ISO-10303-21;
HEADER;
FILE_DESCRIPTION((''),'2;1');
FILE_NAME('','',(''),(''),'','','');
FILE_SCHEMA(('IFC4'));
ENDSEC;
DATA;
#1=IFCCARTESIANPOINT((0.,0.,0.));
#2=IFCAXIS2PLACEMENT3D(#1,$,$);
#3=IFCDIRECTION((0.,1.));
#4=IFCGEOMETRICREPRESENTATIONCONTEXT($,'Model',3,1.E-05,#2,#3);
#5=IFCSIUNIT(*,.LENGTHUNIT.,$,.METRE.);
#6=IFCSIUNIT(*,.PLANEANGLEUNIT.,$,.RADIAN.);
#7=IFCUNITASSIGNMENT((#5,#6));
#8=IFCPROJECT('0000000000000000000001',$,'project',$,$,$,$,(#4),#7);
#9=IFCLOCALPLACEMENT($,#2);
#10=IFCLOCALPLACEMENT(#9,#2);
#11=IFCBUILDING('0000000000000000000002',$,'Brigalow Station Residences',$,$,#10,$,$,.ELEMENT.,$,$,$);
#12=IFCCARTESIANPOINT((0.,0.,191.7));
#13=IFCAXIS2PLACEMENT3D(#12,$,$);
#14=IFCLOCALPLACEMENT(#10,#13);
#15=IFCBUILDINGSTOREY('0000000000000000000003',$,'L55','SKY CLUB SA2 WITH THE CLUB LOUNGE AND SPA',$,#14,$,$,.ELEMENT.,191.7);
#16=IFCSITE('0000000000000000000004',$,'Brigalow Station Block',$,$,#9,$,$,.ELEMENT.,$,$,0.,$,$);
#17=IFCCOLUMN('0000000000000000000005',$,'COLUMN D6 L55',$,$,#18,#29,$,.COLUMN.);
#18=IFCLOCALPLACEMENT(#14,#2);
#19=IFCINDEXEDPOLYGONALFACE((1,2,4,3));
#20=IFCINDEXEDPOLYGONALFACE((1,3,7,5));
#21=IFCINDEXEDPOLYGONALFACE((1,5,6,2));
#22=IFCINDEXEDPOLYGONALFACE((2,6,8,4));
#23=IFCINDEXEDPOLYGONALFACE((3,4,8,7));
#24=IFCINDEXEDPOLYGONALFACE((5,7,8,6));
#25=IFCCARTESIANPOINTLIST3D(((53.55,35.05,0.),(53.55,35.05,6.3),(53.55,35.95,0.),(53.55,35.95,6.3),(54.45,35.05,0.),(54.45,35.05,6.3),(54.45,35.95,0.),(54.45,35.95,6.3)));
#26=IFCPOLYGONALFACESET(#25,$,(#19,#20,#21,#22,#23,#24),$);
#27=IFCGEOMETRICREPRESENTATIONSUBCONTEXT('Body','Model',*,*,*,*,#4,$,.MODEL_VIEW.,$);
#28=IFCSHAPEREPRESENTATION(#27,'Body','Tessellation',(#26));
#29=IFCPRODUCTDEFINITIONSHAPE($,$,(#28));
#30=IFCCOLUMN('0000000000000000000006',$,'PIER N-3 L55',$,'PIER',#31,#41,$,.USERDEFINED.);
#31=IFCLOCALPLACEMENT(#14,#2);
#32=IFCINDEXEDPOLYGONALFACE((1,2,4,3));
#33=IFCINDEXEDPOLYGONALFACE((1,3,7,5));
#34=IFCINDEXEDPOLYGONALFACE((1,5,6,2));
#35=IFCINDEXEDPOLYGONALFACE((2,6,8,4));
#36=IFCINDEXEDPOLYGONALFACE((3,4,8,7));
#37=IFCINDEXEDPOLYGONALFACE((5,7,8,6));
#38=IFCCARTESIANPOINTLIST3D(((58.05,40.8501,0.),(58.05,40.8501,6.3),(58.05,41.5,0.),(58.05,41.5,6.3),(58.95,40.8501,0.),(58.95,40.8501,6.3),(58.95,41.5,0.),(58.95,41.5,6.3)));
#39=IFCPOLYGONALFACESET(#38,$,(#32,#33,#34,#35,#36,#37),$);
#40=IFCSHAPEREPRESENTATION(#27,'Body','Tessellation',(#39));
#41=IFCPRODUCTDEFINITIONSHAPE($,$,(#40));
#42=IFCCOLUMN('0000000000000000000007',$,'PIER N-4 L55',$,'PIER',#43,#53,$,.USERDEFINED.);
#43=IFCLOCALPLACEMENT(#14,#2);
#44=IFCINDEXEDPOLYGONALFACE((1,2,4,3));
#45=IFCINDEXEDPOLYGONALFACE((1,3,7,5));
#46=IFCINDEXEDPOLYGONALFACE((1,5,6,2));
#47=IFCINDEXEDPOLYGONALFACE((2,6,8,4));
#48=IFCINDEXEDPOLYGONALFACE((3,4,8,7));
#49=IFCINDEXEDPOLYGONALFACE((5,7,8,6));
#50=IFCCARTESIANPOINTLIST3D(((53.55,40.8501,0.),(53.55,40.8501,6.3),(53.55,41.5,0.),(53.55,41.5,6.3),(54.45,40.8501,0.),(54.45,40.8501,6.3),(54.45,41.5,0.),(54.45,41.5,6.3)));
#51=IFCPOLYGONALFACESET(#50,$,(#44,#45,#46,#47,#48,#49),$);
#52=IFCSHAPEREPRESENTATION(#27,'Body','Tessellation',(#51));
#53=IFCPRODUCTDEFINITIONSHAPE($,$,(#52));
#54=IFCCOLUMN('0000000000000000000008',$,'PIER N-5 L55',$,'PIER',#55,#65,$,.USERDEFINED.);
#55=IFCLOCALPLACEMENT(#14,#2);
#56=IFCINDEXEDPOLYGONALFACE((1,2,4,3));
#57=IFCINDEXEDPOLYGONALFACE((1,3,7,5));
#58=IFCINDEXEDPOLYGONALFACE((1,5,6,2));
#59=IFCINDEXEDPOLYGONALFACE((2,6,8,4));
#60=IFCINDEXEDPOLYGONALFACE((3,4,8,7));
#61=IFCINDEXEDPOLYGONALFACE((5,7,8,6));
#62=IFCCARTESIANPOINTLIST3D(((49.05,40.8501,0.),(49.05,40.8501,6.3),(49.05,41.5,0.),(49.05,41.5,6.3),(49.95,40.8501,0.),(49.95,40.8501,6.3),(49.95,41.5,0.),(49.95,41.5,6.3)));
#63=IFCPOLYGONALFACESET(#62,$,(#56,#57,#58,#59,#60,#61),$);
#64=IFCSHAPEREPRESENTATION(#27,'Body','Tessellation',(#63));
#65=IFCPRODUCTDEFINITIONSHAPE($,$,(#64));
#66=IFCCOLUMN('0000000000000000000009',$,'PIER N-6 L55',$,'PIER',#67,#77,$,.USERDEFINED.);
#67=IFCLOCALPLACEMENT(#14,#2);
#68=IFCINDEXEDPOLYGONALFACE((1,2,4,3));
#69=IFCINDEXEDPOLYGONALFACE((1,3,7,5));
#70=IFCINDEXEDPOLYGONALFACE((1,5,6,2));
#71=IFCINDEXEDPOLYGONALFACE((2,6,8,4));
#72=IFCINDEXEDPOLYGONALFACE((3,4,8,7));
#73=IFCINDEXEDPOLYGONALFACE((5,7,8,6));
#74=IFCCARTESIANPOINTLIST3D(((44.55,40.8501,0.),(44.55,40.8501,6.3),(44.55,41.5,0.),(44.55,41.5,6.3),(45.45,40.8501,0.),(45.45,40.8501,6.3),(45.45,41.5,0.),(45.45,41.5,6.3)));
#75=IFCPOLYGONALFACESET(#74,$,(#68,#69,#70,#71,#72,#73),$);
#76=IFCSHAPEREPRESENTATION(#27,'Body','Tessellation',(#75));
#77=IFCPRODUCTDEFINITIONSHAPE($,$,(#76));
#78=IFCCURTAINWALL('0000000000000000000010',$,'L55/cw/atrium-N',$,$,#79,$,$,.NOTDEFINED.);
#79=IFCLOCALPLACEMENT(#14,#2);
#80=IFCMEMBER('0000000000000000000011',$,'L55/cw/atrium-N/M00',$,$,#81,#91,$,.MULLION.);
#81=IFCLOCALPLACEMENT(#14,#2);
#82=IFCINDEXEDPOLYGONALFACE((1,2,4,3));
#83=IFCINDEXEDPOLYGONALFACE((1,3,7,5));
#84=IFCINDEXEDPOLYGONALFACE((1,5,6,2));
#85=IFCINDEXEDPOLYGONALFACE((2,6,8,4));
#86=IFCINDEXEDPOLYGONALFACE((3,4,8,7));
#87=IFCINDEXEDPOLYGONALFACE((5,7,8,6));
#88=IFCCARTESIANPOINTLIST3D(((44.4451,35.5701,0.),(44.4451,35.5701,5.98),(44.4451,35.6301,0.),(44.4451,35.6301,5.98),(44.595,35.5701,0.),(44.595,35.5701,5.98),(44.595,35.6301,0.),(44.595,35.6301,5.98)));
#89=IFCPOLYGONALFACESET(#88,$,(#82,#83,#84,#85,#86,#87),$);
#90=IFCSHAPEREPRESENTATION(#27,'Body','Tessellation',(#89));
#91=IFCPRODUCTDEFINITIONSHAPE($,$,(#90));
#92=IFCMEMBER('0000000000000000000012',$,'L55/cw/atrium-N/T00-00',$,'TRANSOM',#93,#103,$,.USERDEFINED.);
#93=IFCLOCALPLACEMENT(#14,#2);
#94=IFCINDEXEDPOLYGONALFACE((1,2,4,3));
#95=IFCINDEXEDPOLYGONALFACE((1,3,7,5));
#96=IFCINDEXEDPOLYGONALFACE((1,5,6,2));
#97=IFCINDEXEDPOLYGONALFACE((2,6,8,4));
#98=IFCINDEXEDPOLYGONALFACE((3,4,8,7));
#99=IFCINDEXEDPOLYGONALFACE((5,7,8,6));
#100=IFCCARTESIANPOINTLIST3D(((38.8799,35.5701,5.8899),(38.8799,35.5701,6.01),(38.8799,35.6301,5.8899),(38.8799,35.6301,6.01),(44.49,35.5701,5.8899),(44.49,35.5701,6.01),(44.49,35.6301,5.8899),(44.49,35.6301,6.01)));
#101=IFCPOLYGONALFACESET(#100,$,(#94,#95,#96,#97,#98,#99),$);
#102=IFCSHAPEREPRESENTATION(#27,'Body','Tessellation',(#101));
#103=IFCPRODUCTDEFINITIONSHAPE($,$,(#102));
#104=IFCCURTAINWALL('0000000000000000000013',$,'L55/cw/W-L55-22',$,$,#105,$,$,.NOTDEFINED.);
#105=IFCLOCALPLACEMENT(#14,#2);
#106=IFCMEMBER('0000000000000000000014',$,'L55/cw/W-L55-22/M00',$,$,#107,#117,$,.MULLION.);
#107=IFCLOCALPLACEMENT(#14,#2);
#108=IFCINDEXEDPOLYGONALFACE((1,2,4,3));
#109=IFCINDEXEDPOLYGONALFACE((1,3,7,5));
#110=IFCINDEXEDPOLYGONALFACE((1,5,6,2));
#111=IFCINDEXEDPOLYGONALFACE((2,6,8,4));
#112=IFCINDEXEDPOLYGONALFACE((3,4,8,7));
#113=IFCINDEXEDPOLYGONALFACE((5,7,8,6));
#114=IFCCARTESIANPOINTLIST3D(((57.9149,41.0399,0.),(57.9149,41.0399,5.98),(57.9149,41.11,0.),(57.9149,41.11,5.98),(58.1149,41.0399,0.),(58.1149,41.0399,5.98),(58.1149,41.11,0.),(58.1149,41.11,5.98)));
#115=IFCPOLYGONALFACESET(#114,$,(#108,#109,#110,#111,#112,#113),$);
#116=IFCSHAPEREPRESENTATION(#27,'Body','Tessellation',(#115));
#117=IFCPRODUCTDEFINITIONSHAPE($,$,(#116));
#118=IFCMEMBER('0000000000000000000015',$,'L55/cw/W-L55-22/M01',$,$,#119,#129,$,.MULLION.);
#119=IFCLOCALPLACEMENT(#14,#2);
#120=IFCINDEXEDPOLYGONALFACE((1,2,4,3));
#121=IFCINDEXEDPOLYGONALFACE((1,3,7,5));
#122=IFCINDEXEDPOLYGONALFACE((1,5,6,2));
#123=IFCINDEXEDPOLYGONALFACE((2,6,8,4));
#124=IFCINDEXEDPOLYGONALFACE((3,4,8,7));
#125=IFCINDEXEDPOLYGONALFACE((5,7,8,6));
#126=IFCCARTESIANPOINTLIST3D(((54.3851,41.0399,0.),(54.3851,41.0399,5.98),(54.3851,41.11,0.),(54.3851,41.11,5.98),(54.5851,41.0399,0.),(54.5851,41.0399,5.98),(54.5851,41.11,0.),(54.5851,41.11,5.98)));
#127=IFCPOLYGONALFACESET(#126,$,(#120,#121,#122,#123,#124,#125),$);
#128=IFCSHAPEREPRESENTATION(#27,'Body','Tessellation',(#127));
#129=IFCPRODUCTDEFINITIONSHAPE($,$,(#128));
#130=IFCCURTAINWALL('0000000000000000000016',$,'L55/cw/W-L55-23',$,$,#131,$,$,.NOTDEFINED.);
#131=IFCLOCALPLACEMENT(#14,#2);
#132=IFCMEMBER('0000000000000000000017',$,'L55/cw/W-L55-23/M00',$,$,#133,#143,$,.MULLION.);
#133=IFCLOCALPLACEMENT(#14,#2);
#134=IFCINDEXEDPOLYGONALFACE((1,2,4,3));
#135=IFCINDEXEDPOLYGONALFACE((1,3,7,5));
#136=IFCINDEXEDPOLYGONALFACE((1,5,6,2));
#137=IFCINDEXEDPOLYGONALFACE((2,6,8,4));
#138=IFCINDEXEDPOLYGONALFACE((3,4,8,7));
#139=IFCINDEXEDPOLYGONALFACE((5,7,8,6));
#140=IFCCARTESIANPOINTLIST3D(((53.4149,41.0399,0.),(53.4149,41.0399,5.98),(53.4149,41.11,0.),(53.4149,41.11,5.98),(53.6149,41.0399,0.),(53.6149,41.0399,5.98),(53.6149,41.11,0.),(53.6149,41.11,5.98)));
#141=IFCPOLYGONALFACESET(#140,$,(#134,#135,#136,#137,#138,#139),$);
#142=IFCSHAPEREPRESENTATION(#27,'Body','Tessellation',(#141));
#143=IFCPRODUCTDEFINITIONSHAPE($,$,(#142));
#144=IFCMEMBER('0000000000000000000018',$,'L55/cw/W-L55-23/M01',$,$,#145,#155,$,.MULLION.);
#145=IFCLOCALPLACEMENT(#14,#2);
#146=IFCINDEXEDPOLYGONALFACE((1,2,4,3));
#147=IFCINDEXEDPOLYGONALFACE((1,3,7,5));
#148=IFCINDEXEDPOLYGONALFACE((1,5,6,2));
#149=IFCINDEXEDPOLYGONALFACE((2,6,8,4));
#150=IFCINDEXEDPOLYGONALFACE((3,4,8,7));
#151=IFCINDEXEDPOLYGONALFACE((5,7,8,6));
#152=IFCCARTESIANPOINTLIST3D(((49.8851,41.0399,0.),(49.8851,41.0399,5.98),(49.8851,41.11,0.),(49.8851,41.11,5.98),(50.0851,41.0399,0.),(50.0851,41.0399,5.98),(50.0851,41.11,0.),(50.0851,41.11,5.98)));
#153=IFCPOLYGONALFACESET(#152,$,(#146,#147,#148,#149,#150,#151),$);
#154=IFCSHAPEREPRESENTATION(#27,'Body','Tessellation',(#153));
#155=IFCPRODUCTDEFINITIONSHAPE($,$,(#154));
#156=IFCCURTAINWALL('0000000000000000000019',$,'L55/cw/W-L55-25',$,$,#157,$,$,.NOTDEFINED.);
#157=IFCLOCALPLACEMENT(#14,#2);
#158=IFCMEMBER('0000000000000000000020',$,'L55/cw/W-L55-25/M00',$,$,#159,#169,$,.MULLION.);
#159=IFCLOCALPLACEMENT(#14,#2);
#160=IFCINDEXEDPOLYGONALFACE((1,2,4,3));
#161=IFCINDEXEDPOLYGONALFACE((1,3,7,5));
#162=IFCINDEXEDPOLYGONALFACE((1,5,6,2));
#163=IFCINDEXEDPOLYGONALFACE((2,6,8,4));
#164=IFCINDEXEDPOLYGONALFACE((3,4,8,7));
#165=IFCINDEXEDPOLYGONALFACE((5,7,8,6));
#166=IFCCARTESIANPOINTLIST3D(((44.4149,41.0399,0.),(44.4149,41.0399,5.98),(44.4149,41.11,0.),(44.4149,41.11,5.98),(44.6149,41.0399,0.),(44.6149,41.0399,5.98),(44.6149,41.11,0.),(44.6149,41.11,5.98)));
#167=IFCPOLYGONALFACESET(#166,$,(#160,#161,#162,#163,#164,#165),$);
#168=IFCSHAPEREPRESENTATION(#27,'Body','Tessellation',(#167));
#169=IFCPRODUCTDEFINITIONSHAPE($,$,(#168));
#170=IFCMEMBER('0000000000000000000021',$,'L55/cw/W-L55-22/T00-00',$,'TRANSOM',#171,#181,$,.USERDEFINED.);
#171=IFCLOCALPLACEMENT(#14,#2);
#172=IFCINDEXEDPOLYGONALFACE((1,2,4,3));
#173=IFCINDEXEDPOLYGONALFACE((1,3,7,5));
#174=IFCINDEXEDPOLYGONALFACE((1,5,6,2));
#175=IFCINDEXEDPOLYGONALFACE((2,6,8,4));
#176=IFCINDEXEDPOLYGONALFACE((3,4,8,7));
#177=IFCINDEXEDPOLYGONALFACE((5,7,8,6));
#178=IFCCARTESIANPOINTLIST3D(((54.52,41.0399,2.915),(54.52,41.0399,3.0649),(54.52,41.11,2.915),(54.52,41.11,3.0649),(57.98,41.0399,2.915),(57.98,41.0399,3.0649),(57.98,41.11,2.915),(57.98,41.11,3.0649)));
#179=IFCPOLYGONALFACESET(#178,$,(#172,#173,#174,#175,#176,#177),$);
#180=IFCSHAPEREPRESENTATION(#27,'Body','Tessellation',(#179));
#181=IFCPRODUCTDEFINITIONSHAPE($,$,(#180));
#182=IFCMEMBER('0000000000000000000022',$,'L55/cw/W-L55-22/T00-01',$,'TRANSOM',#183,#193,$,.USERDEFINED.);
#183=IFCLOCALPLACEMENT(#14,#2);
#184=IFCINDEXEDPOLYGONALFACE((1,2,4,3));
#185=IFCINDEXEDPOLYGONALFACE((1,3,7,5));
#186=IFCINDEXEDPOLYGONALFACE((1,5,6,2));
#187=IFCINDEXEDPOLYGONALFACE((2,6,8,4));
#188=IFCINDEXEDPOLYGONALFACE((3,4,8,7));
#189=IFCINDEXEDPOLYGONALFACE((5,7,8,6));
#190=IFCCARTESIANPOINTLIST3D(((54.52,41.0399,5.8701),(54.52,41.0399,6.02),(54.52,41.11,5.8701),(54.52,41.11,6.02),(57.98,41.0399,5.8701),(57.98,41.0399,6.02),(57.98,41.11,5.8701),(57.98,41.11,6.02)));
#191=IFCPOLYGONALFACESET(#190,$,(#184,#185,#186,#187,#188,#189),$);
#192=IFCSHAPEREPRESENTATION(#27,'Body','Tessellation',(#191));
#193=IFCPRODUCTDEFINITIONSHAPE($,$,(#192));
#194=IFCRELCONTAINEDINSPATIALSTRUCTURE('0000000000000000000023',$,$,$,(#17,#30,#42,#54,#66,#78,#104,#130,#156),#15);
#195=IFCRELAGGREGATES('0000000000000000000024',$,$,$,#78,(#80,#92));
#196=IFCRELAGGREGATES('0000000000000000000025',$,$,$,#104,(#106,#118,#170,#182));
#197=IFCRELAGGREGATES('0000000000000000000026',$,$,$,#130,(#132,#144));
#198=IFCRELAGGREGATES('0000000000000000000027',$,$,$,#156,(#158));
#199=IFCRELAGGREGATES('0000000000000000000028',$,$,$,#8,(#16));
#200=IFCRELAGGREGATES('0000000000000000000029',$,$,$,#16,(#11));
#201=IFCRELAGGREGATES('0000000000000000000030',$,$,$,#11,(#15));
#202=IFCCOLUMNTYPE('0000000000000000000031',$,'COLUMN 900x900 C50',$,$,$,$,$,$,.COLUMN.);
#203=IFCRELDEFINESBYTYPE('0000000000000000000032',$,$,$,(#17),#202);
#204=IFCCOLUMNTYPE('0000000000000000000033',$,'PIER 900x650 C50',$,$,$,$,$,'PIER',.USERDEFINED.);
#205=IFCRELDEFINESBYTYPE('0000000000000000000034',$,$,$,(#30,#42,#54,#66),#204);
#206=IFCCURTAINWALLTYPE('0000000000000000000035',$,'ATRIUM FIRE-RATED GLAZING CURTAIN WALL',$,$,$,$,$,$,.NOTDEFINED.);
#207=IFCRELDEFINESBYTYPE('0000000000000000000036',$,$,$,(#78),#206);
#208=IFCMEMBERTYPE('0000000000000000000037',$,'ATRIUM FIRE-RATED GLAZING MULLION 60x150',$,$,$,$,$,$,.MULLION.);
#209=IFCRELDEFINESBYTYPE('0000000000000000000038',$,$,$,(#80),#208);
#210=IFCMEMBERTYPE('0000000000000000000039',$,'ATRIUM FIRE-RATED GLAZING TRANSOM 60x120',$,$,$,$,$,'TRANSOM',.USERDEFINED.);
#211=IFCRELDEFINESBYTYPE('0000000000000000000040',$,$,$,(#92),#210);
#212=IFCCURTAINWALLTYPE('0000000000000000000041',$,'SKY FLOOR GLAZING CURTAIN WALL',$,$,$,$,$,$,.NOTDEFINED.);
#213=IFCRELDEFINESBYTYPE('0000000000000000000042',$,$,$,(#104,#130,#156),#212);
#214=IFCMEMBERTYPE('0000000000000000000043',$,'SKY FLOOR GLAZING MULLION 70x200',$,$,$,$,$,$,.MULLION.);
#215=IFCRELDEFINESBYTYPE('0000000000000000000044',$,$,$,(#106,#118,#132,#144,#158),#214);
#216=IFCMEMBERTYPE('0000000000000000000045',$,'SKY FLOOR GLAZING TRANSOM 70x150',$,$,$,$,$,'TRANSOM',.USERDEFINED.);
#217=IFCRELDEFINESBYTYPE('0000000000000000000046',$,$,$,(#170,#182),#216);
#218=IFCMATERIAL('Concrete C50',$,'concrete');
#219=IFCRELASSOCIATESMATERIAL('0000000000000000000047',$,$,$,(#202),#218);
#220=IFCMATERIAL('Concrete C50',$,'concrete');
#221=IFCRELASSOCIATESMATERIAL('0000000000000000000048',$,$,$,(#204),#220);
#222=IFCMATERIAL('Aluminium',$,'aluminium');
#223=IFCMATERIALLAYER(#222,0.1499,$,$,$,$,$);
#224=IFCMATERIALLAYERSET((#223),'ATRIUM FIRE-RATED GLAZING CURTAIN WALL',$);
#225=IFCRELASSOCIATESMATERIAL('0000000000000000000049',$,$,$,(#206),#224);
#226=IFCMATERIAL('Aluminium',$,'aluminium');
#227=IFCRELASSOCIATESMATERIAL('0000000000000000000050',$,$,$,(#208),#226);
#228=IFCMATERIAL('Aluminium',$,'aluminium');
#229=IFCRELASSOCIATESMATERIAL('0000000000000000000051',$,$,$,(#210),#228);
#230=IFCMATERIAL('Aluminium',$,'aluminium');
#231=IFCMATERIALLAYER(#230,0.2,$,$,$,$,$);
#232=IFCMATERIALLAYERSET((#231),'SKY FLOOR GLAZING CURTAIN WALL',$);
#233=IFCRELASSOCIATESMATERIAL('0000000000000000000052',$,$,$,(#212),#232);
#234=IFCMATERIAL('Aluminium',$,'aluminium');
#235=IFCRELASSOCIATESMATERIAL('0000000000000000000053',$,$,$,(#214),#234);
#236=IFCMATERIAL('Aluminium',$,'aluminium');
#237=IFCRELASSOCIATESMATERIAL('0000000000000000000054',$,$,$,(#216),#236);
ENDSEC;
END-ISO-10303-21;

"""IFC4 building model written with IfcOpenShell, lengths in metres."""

from ifc_helpers import new_model, si_unit, direction, frame, origin, origin_2d, place, context, subcontext, project, spatial, rectangle, extrude, material, layer, layer_set, material_profile, profile_set, type_object, element, aggregate, save


model = new_model("IFC4")

# Units and contexts
model_context = context("Model", 3, precision=1e-05, world=origin(), true_north=direction((0.0, 1.0)))
body_context = subcontext(model_context, "Body", "Model", "MODEL_VIEW")
ifc_project = project(units=[si_unit("LENGTHUNIT", "METRE"), si_unit("PLANEANGLEUNIT", "RADIAN")], contexts=[model_context])

# Site, building, storey
site_placement = place(None, origin())
site = spatial("IfcSite", under=ifc_project, at=site_placement, Name="Brigalow Station Block", CompositionType="ELEMENT", RefElevation=0.0)
building_placement = place(site_placement, origin())
building = spatial("IfcBuilding", under=site, at=building_placement, Name="Brigalow Station Residences", CompositionType="ELEMENT")
storey_placement = place(building_placement, frame((0.0, 0.0, 191.7)))
storey = spatial("IfcBuildingStorey", under=building, at=storey_placement, Name="L55", Description="SKY CLUB SA2 WITH THE CLUB LOUNGE AND SPA", CompositionType="ELEMENT", Elevation=191.7)

# Columns
ifc_material_1 = material(Name="Concrete C50", Category="concrete")
ifc_material_profile_1 = material_profile(ifc_material_1, rectangle(XDim=0.8999, YDim=0.8999, at=origin_2d()), Name="RC900x900")
ifc_profile_set_1 = profile_set([ifc_material_profile_1], Name="Concrete C50")
column_type_1 = type_object("IfcColumnType", Name="COLUMN 900x900 C50", PredefinedType="COLUMN", material=ifc_profile_set_1)
column_placement = place(storey_placement, frame((54.0, 35.5, 0.0), z_axis=(0.0, 0.0, 1.0), x_axis=(1.0, 0.0, 0.0)))
element("IfcColumn", 1, at=column_placement, inside=storey, type_object=column_type_1, Name="COLUMN D6 L55", PredefinedType="COLUMN", context=body_context, shape_type="SweptSolid", body=[
    extrude(rectangle(XDim=0.8999, YDim=0.8999, at=origin_2d()), origin(), (0.0, 0.0, 1.0), 6.3),
])
ifc_material_2 = material(Name="Concrete C50", Category="concrete")
ifc_material_profile_2 = material_profile(ifc_material_2, rectangle(XDim=0.8999, YDim=0.6499, at=origin_2d()), Name="RC900x650")
ifc_profile_set_2 = profile_set([ifc_material_profile_2], Name="Concrete C50")
column_type_2 = type_object("IfcColumnType", Name="PIER 900x650 C50", ElementType="PIER", PredefinedType="USERDEFINED", material=ifc_profile_set_2)
for number, where, z_axis, x_axis, name in (
    (2, (58.5, 41.175, 0.0), (0.0, 0.0, 1.0), (-1.0, 0.0, 0.0), "PIER N-3 L55"),
    (3, (54.0, 41.175, 0.0), (0.0, 0.0, 1.0), (-1.0, 0.0, 0.0), "PIER N-4 L55"),
    (4, (49.5, 41.175, 0.0), (0.0, 0.0, 1.0), (-1.0, 0.0, 0.0), "PIER N-5 L55"),
    (5, (45.0, 41.175, 0.0), (0.0, 0.0, 1.0), (-1.0, 0.0, 0.0), "PIER N-6 L55"),
):
    element("IfcColumn", number, at=place(storey_placement, frame(where, z_axis=z_axis, x_axis=x_axis)), inside=storey, type_object=column_type_2, Name=name, ObjectType="PIER", PredefinedType="USERDEFINED", context=body_context, shape_type="SweptSolid", body=[
        extrude(rectangle(XDim=0.8999, YDim=0.6499, at=origin_2d()), origin(), (0.0, 0.0, 1.0), 6.3),
    ])

# Curtain walls, members
ifc_material_3 = material(Name="Aluminium", Category="aluminium")
ifc_layer_1 = layer(ifc_material_3, 0.1499)
ifc_layer_set_1 = layer_set([ifc_layer_1], Name="ATRIUM FIRE-RATED GLAZING CURTAIN WALL")
curtain_wall_type_1 = type_object("IfcCurtainWallType", Name="ATRIUM FIRE-RATED GLAZING CURTAIN WALL", PredefinedType="NOTDEFINED", material=ifc_layer_set_1)
curtain_wall_1_placement = place(storey_placement, origin())
curtain_wall_1 = element("IfcCurtainWall", 6, at=curtain_wall_1_placement, inside=storey, type_object=curtain_wall_type_1, Name="L55/cw/atrium-N", PredefinedType="NOTDEFINED")
ifc_material_4 = material(Name="Aluminium", Category="aluminium")
ifc_material_profile_3 = material_profile(ifc_material_4, rectangle(XDim=0.0601, YDim=0.1499, at=origin_2d()), Name="ATRIUM FIRE-RATED GLAZING MULLION 60x150")
ifc_profile_set_3 = profile_set([ifc_material_profile_3], Name="Aluminium")
member_type_1 = type_object("IfcMemberType", Name="ATRIUM FIRE-RATED GLAZING MULLION 60x150", PredefinedType="MULLION", material=ifc_profile_set_3)
member_1_placement = place(storey_placement, frame((44.52, 35.6001, 0.0), z_axis=(0.0, 0.0, 1.0), x_axis=(0.0, -1.0, 0.0)))
member_1 = element("IfcMember", 7, at=member_1_placement, type_object=member_type_1, Name="L55/cw/atrium-N/M00", PredefinedType="MULLION", context=body_context, shape_type="SweptSolid", body=[
    extrude(rectangle(XDim=0.0601, YDim=0.1499, at=origin_2d()), origin(), (0.0, 0.0, 1.0), 5.98),
])
ifc_material_5 = material(Name="Aluminium", Category="aluminium")
ifc_material_profile_4 = material_profile(ifc_material_5, rectangle(XDim=0.0601, YDim=0.1201, at=origin_2d()), Name="ATRIUM FIRE-RATED GLAZING TRANSOM 60x120")
ifc_profile_set_4 = profile_set([ifc_material_profile_4], Name="Aluminium")
member_type_2 = type_object("IfcMemberType", Name="ATRIUM FIRE-RATED GLAZING TRANSOM 60x120", ElementType="TRANSOM", PredefinedType="USERDEFINED", material=ifc_profile_set_4)
member_2_placement = place(storey_placement, frame((44.49, 35.6001, 5.95), z_axis=(-1.0, 0.0, 0.0), x_axis=(0.0, -1.0, 0.0)))
member_2 = element("IfcMember", 8, at=member_2_placement, type_object=member_type_2, Name="L55/cw/atrium-N/T00-00", ObjectType="TRANSOM", PredefinedType="USERDEFINED", context=body_context, shape_type="SweptSolid", body=[
    extrude(rectangle(XDim=0.0601, YDim=0.1201, at=origin_2d()), origin(), (0.0, 0.0, 1.0), 5.6101),
])
aggregate(curtain_wall_1, [member_1, member_2])
ifc_material_6 = material(Name="Aluminium", Category="aluminium")
ifc_layer_2 = layer(ifc_material_6, 0.2)
ifc_layer_set_2 = layer_set([ifc_layer_2], Name="SKY FLOOR GLAZING CURTAIN WALL")
curtain_wall_type_2 = type_object("IfcCurtainWallType", Name="SKY FLOOR GLAZING CURTAIN WALL", PredefinedType="NOTDEFINED", material=ifc_layer_set_2)
curtain_wall_2_placement = place(storey_placement, origin())
curtain_wall_2 = element("IfcCurtainWall", 9, at=curtain_wall_2_placement, inside=storey, type_object=curtain_wall_type_2, Name="L55/cw/W-L55-22", PredefinedType="NOTDEFINED")
ifc_material_7 = material(Name="Aluminium", Category="aluminium")
ifc_material_profile_5 = material_profile(ifc_material_7, rectangle(XDim=0.0701, YDim=0.2, at=origin_2d()), Name="SKY FLOOR GLAZING MULLION 70x200")
ifc_profile_set_5 = profile_set([ifc_material_profile_5], Name="Aluminium")
member_type_3 = type_object("IfcMemberType", Name="SKY FLOOR GLAZING MULLION 70x200", PredefinedType="MULLION", material=ifc_profile_set_5)
member_3_placement = place(storey_placement, frame((58.0149, 41.075, 0.0), z_axis=(0.0, 0.0, 1.0), x_axis=(0.0, -1.0, 0.0)))
member_3 = element("IfcMember", 10, at=member_3_placement, type_object=member_type_3, Name="L55/cw/W-L55-22/M00", PredefinedType="MULLION", context=body_context, shape_type="SweptSolid", body=[
    extrude(rectangle(XDim=0.0701, YDim=0.2, at=origin_2d()), origin(), (0.0, 0.0, 1.0), 5.98),
])
member_4_placement = place(storey_placement, frame((54.4851, 41.075, 0.0), z_axis=(0.0, 0.0, 1.0), x_axis=(0.0, -1.0, 0.0)))
member_4 = element("IfcMember", 11, at=member_4_placement, type_object=member_type_3, Name="L55/cw/W-L55-22/M01", PredefinedType="MULLION", context=body_context, shape_type="SweptSolid", body=[
    extrude(rectangle(XDim=0.0701, YDim=0.2, at=origin_2d()), origin(), (0.0, 0.0, 1.0), 5.98),
])
curtain_wall_3_placement = place(storey_placement, origin())
curtain_wall_3 = element("IfcCurtainWall", 12, at=curtain_wall_3_placement, inside=storey, type_object=curtain_wall_type_2, Name="L55/cw/W-L55-23", PredefinedType="NOTDEFINED")
member_5_placement = place(storey_placement, frame((53.5149, 41.075, 0.0), z_axis=(0.0, 0.0, 1.0), x_axis=(0.0, -1.0, 0.0)))
member_5 = element("IfcMember", 13, at=member_5_placement, type_object=member_type_3, Name="L55/cw/W-L55-23/M00", PredefinedType="MULLION", context=body_context, shape_type="SweptSolid", body=[
    extrude(rectangle(XDim=0.0701, YDim=0.2, at=origin_2d()), origin(), (0.0, 0.0, 1.0), 5.98),
])
member_6_placement = place(storey_placement, frame((49.9851, 41.075, 0.0), z_axis=(0.0, 0.0, 1.0), x_axis=(0.0, -1.0, 0.0)))
member_6 = element("IfcMember", 14, at=member_6_placement, type_object=member_type_3, Name="L55/cw/W-L55-23/M01", PredefinedType="MULLION", context=body_context, shape_type="SweptSolid", body=[
    extrude(rectangle(XDim=0.0701, YDim=0.2, at=origin_2d()), origin(), (0.0, 0.0, 1.0), 5.98),
])

# Curtain wall, member
curtain_wall_4_placement = place(storey_placement, origin())
curtain_wall_4 = element("IfcCurtainWall", 15, at=curtain_wall_4_placement, inside=storey, type_object=curtain_wall_type_2, Name="L55/cw/W-L55-25", PredefinedType="NOTDEFINED")
member_7_placement = place(storey_placement, frame((44.5149, 41.075, 0.0), z_axis=(0.0, 0.0, 1.0), x_axis=(0.0, -1.0, 0.0)))
member_7 = element("IfcMember", 16, at=member_7_placement, type_object=member_type_3, Name="L55/cw/W-L55-25/M00", PredefinedType="MULLION", context=body_context, shape_type="SweptSolid", body=[
    extrude(rectangle(XDim=0.0701, YDim=0.2, at=origin_2d()), origin(), (0.0, 0.0, 1.0), 5.98),
])

# Members
ifc_material_8 = material(Name="Aluminium", Category="aluminium")
ifc_material_profile_6 = material_profile(ifc_material_8, rectangle(XDim=0.0701, YDim=0.1499, at=origin_2d()), Name="SKY FLOOR GLAZING TRANSOM 70x150")
ifc_profile_set_6 = profile_set([ifc_material_profile_6], Name="Aluminium")
member_type_4 = type_object("IfcMemberType", Name="SKY FLOOR GLAZING TRANSOM 70x150", ElementType="TRANSOM", PredefinedType="USERDEFINED", material=ifc_profile_set_6)
member_8_placement = place(storey_placement, frame((57.98, 41.075, 2.99), z_axis=(-1.0, 0.0, 0.0), x_axis=(0.0, -1.0, 0.0)))
member_8 = element("IfcMember", 17, at=member_8_placement, type_object=member_type_4, Name="L55/cw/W-L55-22/T00-00", ObjectType="TRANSOM", PredefinedType="USERDEFINED", context=body_context, shape_type="SweptSolid", body=[
    extrude(rectangle(XDim=0.0701, YDim=0.1499, at=origin_2d()), origin(), (0.0, 0.0, 1.0), 3.46),
])
member_9_placement = place(storey_placement, frame((57.98, 41.075, 5.9451), z_axis=(-1.0, 0.0, 0.0), x_axis=(0.0, -1.0, 0.0)))
member_9 = element("IfcMember", 18, at=member_9_placement, type_object=member_type_4, Name="L55/cw/W-L55-22/T00-01", ObjectType="TRANSOM", PredefinedType="USERDEFINED", context=body_context, shape_type="SweptSolid", body=[
    extrude(rectangle(XDim=0.0701, YDim=0.1499, at=origin_2d()), origin(), (0.0, 0.0, 1.0), 3.46),
])

aggregate(curtain_wall_2, [member_3, member_4, member_8, member_9])
aggregate(curtain_wall_3, [member_5, member_6])
aggregate(curtain_wall_4, [member_7])

save(model, "model.ifc")
